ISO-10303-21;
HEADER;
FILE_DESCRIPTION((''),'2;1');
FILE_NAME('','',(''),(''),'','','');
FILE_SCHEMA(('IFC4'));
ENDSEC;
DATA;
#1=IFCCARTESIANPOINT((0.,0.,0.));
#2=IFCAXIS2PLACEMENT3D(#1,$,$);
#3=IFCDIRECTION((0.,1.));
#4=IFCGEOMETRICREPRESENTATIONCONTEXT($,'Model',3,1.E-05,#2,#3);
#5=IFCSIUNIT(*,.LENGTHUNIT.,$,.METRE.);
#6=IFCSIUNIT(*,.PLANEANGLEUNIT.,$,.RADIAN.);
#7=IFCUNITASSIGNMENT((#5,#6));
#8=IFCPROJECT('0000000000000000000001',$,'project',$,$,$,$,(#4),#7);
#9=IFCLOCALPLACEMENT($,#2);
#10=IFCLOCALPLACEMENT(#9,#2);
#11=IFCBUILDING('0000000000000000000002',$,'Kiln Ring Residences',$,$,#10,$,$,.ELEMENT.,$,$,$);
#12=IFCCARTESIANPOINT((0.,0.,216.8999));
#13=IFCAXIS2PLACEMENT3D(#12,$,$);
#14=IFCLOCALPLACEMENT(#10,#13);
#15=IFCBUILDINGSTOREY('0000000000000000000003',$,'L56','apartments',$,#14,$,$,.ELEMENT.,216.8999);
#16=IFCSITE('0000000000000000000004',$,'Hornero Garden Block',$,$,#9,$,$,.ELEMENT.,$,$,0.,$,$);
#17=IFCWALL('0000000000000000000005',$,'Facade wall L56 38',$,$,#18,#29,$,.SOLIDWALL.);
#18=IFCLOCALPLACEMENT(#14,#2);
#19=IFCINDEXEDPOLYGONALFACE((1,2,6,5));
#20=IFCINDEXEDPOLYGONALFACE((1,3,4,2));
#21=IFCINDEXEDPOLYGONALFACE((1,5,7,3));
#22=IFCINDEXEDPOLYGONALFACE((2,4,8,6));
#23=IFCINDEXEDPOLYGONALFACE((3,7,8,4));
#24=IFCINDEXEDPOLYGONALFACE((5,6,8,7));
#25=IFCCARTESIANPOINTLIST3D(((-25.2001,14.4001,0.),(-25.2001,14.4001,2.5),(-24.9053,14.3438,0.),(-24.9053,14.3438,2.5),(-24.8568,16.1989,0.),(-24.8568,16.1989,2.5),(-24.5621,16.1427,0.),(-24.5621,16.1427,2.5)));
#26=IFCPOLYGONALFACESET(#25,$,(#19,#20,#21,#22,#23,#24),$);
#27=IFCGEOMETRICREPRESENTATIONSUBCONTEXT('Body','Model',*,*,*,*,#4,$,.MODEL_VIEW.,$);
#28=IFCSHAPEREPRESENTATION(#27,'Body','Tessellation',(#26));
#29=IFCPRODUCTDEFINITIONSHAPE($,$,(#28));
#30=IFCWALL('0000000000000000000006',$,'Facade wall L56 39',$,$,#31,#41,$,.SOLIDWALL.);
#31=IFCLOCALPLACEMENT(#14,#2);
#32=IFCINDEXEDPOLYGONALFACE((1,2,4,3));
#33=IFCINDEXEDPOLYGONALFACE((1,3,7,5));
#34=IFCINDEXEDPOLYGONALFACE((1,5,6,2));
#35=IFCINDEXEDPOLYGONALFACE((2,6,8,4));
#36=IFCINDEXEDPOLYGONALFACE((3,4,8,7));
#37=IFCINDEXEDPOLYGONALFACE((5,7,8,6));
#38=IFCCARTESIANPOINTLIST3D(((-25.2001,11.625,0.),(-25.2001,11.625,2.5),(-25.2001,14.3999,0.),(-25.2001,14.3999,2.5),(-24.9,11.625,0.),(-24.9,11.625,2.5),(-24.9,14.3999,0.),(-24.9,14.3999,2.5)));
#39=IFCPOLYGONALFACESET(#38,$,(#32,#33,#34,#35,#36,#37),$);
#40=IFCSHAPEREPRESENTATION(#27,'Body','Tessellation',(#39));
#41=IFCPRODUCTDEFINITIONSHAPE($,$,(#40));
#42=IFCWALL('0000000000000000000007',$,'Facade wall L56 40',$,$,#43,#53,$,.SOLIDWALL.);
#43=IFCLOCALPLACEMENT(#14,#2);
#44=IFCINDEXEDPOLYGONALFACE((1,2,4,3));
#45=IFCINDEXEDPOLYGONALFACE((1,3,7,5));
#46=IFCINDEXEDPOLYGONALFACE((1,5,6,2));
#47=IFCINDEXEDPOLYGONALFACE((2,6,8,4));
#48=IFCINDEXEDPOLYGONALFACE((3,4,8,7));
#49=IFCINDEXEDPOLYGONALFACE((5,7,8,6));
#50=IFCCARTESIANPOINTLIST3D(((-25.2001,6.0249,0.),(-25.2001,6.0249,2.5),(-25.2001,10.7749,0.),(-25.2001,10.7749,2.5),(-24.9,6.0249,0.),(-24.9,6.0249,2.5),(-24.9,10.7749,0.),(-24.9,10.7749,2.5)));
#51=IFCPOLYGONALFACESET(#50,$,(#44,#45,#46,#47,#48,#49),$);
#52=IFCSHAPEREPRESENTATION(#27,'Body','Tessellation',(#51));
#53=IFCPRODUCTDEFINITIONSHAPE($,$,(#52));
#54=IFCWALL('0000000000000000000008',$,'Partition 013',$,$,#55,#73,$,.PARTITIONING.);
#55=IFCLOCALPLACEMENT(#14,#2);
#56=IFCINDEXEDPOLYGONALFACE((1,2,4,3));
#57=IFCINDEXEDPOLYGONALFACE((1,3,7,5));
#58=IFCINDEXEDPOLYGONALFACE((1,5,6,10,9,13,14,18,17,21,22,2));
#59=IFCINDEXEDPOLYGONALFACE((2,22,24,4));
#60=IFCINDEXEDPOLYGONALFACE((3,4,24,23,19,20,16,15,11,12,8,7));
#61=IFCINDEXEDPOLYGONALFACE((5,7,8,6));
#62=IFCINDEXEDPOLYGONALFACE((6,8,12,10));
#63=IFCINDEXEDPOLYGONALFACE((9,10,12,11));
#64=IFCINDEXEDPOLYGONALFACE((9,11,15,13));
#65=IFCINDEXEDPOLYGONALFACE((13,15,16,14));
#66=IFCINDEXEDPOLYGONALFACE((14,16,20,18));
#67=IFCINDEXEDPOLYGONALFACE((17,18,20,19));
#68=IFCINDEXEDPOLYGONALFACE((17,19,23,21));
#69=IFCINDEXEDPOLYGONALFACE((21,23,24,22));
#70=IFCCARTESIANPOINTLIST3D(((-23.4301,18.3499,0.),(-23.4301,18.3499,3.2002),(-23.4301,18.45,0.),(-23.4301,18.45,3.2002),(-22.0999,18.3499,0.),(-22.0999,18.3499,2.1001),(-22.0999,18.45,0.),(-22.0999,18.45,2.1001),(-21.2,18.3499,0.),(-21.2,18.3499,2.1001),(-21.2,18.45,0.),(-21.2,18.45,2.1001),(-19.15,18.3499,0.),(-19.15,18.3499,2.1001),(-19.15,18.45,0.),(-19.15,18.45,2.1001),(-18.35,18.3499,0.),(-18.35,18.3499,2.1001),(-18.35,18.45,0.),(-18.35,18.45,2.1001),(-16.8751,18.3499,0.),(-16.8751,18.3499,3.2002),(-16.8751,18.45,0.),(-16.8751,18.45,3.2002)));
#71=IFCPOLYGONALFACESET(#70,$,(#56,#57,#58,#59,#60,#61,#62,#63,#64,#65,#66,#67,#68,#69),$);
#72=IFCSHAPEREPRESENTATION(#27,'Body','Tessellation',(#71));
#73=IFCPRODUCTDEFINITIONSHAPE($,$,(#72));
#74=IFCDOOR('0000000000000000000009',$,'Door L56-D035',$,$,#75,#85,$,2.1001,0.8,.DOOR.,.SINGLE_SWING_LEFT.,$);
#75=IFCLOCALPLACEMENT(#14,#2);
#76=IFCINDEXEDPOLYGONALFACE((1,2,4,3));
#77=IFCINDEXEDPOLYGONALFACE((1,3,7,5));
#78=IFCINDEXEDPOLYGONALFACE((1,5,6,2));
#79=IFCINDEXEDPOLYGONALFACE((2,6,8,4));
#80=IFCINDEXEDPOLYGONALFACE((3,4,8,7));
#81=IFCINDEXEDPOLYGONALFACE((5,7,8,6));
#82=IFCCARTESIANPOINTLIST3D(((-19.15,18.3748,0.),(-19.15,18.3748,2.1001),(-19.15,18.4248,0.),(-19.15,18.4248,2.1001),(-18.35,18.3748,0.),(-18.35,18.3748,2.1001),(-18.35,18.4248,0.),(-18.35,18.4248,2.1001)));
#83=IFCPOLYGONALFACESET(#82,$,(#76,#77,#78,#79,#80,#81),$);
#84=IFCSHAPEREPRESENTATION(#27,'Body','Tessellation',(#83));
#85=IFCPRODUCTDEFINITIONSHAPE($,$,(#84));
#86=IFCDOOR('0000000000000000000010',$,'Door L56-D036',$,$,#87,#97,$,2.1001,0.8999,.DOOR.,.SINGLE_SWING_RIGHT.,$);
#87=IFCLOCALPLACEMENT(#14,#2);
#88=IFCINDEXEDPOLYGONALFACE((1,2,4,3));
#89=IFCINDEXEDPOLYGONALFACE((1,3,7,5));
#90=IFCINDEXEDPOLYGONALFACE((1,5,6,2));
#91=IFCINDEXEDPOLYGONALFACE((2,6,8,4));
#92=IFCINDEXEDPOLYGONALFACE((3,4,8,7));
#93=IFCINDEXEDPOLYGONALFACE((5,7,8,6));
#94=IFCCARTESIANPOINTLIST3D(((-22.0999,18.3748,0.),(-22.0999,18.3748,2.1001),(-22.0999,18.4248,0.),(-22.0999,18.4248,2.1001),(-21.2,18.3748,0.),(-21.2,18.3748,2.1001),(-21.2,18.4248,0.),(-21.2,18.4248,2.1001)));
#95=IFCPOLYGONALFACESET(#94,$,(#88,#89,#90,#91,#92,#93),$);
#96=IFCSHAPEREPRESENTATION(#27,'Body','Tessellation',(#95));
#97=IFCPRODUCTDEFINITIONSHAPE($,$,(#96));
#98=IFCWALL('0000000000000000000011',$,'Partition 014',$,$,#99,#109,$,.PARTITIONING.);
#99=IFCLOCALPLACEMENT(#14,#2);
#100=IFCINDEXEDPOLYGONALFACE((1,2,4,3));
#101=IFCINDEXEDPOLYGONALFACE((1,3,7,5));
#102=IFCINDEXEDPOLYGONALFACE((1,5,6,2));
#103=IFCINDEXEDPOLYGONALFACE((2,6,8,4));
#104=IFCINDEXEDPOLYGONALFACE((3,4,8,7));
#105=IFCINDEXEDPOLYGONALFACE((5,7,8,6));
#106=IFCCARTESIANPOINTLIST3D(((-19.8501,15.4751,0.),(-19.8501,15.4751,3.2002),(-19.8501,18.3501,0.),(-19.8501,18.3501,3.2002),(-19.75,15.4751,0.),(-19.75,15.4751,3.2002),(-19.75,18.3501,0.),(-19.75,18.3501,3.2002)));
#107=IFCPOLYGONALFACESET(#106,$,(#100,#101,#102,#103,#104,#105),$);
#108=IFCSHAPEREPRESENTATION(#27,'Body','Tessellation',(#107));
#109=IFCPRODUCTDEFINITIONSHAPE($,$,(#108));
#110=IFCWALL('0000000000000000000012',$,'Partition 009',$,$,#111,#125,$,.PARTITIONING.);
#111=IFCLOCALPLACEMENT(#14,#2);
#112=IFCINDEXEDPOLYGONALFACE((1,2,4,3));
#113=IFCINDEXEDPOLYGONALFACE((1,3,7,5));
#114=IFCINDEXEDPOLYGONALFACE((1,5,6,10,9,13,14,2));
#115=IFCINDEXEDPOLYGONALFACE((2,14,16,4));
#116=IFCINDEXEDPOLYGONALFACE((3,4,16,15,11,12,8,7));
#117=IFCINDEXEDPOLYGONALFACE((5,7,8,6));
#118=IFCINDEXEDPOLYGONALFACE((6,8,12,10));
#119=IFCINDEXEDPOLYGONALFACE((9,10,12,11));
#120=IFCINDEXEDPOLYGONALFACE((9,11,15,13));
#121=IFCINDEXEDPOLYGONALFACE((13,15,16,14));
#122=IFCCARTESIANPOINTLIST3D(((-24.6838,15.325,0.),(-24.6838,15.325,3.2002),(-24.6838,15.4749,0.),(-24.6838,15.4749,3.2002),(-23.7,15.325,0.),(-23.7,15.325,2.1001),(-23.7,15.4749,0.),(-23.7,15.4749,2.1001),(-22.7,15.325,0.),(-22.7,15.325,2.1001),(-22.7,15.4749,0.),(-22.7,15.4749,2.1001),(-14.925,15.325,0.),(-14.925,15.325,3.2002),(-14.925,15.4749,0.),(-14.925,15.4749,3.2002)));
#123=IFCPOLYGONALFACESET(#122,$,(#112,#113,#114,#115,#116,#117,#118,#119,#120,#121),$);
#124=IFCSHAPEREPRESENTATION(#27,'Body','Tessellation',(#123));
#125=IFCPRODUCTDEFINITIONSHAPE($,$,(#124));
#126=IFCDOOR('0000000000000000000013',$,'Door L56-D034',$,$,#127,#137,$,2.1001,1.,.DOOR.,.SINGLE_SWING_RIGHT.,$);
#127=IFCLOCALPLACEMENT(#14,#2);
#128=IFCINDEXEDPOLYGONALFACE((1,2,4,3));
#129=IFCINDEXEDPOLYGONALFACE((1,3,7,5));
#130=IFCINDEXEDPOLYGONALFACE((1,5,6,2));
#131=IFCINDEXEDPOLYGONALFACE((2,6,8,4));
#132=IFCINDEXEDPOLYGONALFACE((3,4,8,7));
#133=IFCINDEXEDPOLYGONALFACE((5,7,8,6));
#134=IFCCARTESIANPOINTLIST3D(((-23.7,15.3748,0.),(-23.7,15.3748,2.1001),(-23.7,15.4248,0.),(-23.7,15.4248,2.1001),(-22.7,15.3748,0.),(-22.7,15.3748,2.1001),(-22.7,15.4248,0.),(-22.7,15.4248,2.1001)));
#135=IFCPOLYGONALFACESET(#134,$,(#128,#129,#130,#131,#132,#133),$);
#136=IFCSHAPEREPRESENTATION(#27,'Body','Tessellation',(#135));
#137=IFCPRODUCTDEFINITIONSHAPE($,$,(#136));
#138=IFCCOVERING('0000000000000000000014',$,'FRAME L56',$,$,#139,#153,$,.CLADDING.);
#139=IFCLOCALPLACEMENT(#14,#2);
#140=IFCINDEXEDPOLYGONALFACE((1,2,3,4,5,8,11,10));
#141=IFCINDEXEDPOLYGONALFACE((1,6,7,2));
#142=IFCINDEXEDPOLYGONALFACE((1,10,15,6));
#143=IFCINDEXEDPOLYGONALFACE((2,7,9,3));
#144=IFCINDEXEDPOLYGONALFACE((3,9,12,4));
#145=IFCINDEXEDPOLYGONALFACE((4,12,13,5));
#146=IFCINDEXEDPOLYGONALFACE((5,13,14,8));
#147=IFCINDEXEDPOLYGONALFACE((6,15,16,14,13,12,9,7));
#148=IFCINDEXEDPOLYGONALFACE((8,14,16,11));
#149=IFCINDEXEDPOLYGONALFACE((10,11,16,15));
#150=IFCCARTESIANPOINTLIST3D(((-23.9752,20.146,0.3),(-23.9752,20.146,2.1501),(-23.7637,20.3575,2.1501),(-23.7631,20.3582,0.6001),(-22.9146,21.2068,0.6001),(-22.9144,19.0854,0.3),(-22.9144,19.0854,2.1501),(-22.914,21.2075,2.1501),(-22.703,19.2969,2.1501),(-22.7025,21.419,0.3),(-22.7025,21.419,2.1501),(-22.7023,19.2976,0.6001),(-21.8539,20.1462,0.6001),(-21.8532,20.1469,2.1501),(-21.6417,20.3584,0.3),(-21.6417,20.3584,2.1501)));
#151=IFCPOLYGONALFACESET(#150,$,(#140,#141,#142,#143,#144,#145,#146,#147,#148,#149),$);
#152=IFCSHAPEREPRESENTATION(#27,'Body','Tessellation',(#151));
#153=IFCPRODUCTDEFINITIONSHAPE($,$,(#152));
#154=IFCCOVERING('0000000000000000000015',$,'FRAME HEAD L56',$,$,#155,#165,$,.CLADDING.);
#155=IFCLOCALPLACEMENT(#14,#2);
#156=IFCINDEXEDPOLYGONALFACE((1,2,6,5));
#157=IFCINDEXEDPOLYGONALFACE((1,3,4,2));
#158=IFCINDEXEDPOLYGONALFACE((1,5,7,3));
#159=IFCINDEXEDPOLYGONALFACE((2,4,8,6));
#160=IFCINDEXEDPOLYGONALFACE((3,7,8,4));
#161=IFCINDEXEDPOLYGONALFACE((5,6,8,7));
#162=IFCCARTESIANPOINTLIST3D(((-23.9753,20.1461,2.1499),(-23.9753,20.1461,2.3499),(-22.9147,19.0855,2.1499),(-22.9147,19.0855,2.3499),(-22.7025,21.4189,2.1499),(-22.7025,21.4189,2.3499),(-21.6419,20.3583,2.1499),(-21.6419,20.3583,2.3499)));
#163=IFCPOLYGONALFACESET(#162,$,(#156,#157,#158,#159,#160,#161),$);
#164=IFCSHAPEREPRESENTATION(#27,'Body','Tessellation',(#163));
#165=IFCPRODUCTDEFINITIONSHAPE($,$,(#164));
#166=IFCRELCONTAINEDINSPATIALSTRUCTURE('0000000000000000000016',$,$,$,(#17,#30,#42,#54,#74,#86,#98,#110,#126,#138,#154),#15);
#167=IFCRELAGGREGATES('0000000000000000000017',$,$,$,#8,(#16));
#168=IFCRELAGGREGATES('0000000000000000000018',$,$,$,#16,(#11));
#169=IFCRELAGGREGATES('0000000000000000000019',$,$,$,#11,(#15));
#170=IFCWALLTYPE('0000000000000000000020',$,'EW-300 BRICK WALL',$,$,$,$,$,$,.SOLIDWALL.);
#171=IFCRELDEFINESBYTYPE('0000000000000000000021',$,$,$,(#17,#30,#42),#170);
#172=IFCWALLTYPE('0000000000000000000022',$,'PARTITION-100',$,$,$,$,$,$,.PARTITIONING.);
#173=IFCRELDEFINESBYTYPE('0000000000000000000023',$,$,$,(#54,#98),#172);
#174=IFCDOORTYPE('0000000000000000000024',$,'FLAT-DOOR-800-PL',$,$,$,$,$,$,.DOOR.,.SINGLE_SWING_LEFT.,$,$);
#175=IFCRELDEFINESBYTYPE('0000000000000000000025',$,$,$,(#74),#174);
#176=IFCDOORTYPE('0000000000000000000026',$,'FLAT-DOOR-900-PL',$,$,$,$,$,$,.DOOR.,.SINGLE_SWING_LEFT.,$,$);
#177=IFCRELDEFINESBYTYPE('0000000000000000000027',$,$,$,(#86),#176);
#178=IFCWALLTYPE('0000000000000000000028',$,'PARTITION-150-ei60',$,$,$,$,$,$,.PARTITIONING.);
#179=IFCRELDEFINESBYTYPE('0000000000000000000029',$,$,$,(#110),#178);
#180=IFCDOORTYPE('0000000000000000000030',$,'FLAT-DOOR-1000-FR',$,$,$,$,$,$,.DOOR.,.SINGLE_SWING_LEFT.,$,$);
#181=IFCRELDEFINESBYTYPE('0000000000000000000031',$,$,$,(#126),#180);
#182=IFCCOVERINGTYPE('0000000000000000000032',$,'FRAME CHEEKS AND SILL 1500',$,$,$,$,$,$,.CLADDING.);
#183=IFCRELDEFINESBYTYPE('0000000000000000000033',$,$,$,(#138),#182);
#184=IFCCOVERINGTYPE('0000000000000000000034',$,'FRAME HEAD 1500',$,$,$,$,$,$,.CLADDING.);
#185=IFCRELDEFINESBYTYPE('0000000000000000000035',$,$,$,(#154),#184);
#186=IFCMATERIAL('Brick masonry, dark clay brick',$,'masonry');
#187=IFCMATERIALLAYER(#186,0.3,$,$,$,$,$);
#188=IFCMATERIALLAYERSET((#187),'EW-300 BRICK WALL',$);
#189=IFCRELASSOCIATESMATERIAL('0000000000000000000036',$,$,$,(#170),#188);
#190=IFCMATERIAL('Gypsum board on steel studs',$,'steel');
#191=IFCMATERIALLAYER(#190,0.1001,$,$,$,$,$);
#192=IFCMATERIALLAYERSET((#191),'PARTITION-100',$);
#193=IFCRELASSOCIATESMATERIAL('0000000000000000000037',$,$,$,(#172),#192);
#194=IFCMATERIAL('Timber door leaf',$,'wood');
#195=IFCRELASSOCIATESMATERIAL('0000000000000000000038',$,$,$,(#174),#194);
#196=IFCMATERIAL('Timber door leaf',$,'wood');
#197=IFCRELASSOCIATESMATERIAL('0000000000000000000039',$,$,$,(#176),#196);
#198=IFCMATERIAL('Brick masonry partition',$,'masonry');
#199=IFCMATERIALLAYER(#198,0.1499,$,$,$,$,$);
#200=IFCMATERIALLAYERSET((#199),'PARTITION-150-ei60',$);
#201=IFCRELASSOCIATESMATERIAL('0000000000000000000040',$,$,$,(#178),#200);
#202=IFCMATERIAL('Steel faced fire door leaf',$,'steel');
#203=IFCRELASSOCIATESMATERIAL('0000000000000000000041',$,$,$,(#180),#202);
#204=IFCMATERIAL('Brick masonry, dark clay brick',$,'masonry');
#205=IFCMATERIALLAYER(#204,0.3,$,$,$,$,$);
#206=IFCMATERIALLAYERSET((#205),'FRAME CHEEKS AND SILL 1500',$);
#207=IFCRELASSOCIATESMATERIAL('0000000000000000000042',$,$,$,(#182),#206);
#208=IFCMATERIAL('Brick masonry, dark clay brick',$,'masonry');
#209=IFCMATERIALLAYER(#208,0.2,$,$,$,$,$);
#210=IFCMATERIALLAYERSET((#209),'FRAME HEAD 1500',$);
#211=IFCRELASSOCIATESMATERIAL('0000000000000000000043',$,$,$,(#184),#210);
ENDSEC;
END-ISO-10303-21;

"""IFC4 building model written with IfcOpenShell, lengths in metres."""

from ifc_helpers import new_model, si_unit, direction, frame, frame_2d, origin, origin_2d, place, context, subcontext, project, spatial, polyline, rectangle, outline, extrude, material, layer, layer_set, type_object, element, fill, save


model = new_model("IFC4")

# Units and contexts
model_context = context("Model", 3, precision=1e-05, world=origin(), true_north=direction((0.0, 1.0)))
body_context = subcontext(model_context, "Body", "Model", "MODEL_VIEW")
ifc_project = project(units=[si_unit("LENGTHUNIT", "METRE"), si_unit("PLANEANGLEUNIT", "RADIAN")], contexts=[model_context])

# Site, building, storey
site_placement = place(None, origin())
site = spatial("IfcSite", under=ifc_project, at=site_placement, Name="Hornero Garden Block", CompositionType="ELEMENT", RefElevation=0.0)
building_placement = place(site_placement, origin())
building = spatial("IfcBuilding", under=site, at=building_placement, Name="Kiln Ring Residences", CompositionType="ELEMENT")
storey_placement = place(building_placement, frame((0.0, 0.0, 216.8999)))
storey = spatial("IfcBuildingStorey", under=building, at=storey_placement, Name="L56", Description="apartments", CompositionType="ELEMENT", Elevation=216.8999)

# Shared definitions
ifc_material_1 = material(Name="Brick masonry, dark clay brick", Category="masonry")
ifc_layer_1 = layer(ifc_material_1, 0.3)
ifc_layer_set_1 = layer_set([ifc_layer_1], Name="EW-300 BRICK WALL")
wall_type_1 = type_object("IfcWallType", Name="EW-300 BRICK WALL", PredefinedType="SOLIDWALL", material=ifc_layer_set_1)

# Walls
wall_1_placement = place(storey_placement, frame((-24.7095, 16.1707, 0.0), z_axis=(0.0, 0.0, 1.0), x_axis=(-0.187443, -0.982275, 0.0)))
element("IfcWall", 1, at=wall_1_placement, inside=storey, type_object=wall_type_1, Name="Facade wall L56 38", PredefinedType="SOLIDWALL", context=body_context, shape_type="SweptSolid", body=[
    extrude(rectangle(XDim=1.8313, YDim=0.3, at=frame_2d((0.9155, 0.0))), origin(), (0.0, 0.0, 1.0), 2.5),
])
wall_2_placement = place(storey_placement, frame((-25.05, 14.3999, 0.0), z_axis=(0.0, 0.0, 1.0), x_axis=(0.0, -1.0, 0.0)))
element("IfcWall", 2, at=wall_2_placement, inside=storey, type_object=wall_type_1, Name="Facade wall L56 39", PredefinedType="SOLIDWALL", context=body_context, shape_type="SweptSolid", body=[
    extrude(rectangle(XDim=2.7749, YDim=0.3, at=frame_2d((1.3875, 0.0))), origin(), (0.0, 0.0, 1.0), 2.5),
])
wall_3_placement = place(storey_placement, frame((-25.05, 10.7749, 0.0), z_axis=(0.0, 0.0, 1.0), x_axis=(0.0, -1.0, 0.0)))
element("IfcWall", 3, at=wall_3_placement, inside=storey, type_object=wall_type_1, Name="Facade wall L56 40", PredefinedType="SOLIDWALL", context=body_context, shape_type="SweptSolid", body=[
    extrude(rectangle(XDim=4.75, YDim=0.3, at=frame_2d((2.375, 0.0))), origin(), (0.0, 0.0, 1.0), 2.5),
])

# Wall, openings, doors
ifc_material_2 = material(Name="Gypsum board on steel studs", Category="steel")
ifc_layer_2 = layer(ifc_material_2, 0.1001)
ifc_layer_set_2 = layer_set([ifc_layer_2], Name="PARTITION-100")
wall_type_2 = type_object("IfcWallType", Name="PARTITION-100", PredefinedType="PARTITIONING", material=ifc_layer_set_2)
wall_4_placement = place(storey_placement, frame((-23.4299, 18.3999, 0.0), z_axis=(0.0, 0.0, 1.0), x_axis=(1.0, 0.0, 0.0)))
wall_4 = element("IfcWall", 4, at=wall_4_placement, inside=storey, type_object=wall_type_2, Name="Partition 013", PredefinedType="PARTITIONING", context=body_context, shape_type="SweptSolid", body=[
    extrude(rectangle(XDim=6.5549, YDim=0.1001, at=frame_2d((3.2773, 0.0))), origin(), (0.0, 0.0, 1.0), 3.2002),
])
opening_1_placement = place(wall_4_placement, frame((4.28, 0.0, 0.0)))
opening_1 = element("IfcOpeningElement", 5, at=opening_1_placement, cuts=wall_4, PredefinedType="OPENING", context=body_context, shape_type="SweptSolid", body=[
    extrude(rectangle(XDim=0.8, YDim=2.1001, at=frame_2d((0.3999, 1.05))), frame((0.0, 0.0601, 0.0), z_axis=(0.0, -1.0, 0.0), x_axis=(1.0, 0.0, 0.0)), (0.0, 0.0, 1.0), 0.1201),
])
opening_2_placement = place(wall_4_placement, frame((1.3301, 0.0, 0.0)))
opening_2 = element("IfcOpeningElement", 6, at=opening_2_placement, cuts=wall_4, PredefinedType="OPENING", context=body_context, shape_type="SweptSolid", body=[
    extrude(rectangle(XDim=0.8999, YDim=2.1001, at=frame_2d((0.45, 1.05))), frame((0.0, 0.0601, 0.0), z_axis=(0.0, -1.0, 0.0), x_axis=(1.0, 0.0, 0.0)), (0.0, 0.0, 1.0), 0.1201),
])
ifc_material_3 = material(Name="Timber door leaf", Category="wood")
door_type_1 = type_object("IfcDoorType", Name="FLAT-DOOR-800-PL", OperationType="SINGLE_SWING_LEFT", PredefinedType="DOOR", material=ifc_material_3)
door_1_placement = place(opening_1_placement, origin())
door_1 = element("IfcDoor", 7, at=door_1_placement, inside=storey, type_object=door_type_1, Name="Door L56-D035", OperationType="SINGLE_SWING_LEFT", OverallHeight=2.1001, OverallWidth=0.8, PredefinedType="DOOR", context=body_context, shape_type="SweptSolid", body=[
    extrude(rectangle(XDim=0.8, YDim=2.1001, at=frame_2d((0.3999, 1.05))), frame((0.0, 0.0249, 0.0), z_axis=(0.0, -1.0, 0.0), x_axis=(1.0, 0.0, 0.0)), (0.0, 0.0, 1.0), 0.05),
])
fill(opening_1, door_1)
ifc_material_4 = material(Name="Timber door leaf", Category="wood")
door_type_2 = type_object("IfcDoorType", Name="FLAT-DOOR-900-PL", OperationType="SINGLE_SWING_LEFT", PredefinedType="DOOR", material=ifc_material_4)
door_2_placement = place(opening_2_placement, origin())
door_2 = element("IfcDoor", 8, at=door_2_placement, inside=storey, type_object=door_type_2, Name="Door L56-D036", OperationType="SINGLE_SWING_RIGHT", OverallHeight=2.1001, OverallWidth=0.8999, PredefinedType="DOOR", context=body_context, shape_type="SweptSolid", body=[
    extrude(rectangle(XDim=0.8999, YDim=2.1001, at=frame_2d((0.45, 1.05))), frame((0.0, 0.0249, 0.0), z_axis=(0.0, -1.0, 0.0), x_axis=(1.0, 0.0, 0.0)), (0.0, 0.0, 1.0), 0.05),
])
fill(opening_2, door_2)

# Wall
wall_5_placement = place(storey_placement, frame((-19.8, 15.4751, 0.0), z_axis=(0.0, 0.0, 1.0), x_axis=(0.0, 1.0, 0.0)))
element("IfcWall", 9, at=wall_5_placement, inside=storey, type_object=wall_type_2, Name="Partition 014", PredefinedType="PARTITIONING", context=body_context, shape_type="SweptSolid", body=[
    extrude(rectangle(XDim=2.875, YDim=0.1001, at=frame_2d((1.4375, 0.0))), origin(), (0.0, 0.0, 1.0), 3.2002),
])

# Wall, opening, door
ifc_material_5 = material(Name="Brick masonry partition", Category="masonry")
ifc_layer_3 = layer(ifc_material_5, 0.1499)
ifc_layer_set_3 = layer_set([ifc_layer_3], Name="PARTITION-150-ei60")
wall_type_3 = type_object("IfcWallType", Name="PARTITION-150-ei60", PredefinedType="PARTITIONING", material=ifc_layer_set_3)
wall_6_placement = place(storey_placement, frame((-24.6838, 15.3999, 0.0), z_axis=(0.0, 0.0, 1.0), x_axis=(1.0, 0.0, 0.0)))
wall_6 = element("IfcWall", 10, at=wall_6_placement, inside=storey, type_object=wall_type_3, Name="Partition 009", PredefinedType="PARTITIONING", context=body_context, shape_type="SweptSolid", body=[
    extrude(rectangle(XDim=9.7588, YDim=0.1499, at=frame_2d((4.8794, 0.0))), origin(), (0.0, 0.0, 1.0), 3.2002),
])
opening_3_placement = place(wall_6_placement, frame((0.9839, 0.0, 0.0)))
opening_3 = element("IfcOpeningElement", 11, at=opening_3_placement, cuts=wall_6, PredefinedType="OPENING", context=body_context, shape_type="SweptSolid", body=[
    extrude(rectangle(XDim=1.0, YDim=2.1001, at=frame_2d((0.5, 1.05))), frame((0.0, 0.085, 0.0), z_axis=(0.0, -1.0, 0.0), x_axis=(1.0, 0.0, 0.0)), (0.0, 0.0, 1.0), 0.1699),
])
ifc_material_6 = material(Name="Steel faced fire door leaf", Category="steel")
door_type_3 = type_object("IfcDoorType", Name="FLAT-DOOR-1000-FR", OperationType="SINGLE_SWING_LEFT", PredefinedType="DOOR", material=ifc_material_6)
door_3_placement = place(opening_3_placement, origin())
door_3 = element("IfcDoor", 12, at=door_3_placement, inside=storey, type_object=door_type_3, Name="Door L56-D034", OperationType="SINGLE_SWING_RIGHT", OverallHeight=2.1001, OverallWidth=1.0, PredefinedType="DOOR", context=body_context, shape_type="SweptSolid", body=[
    extrude(rectangle(XDim=1.0, YDim=2.1001, at=frame_2d((0.5, 1.05))), frame((0.0, 0.0249, 0.0), z_axis=(0.0, -1.0, 0.0), x_axis=(1.0, 0.0, 0.0)), (0.0, 0.0, 1.0), 0.05),
])
fill(opening_3, door_3)

# Coverings
ifc_material_7 = material(Name="Brick masonry, dark clay brick", Category="masonry")
ifc_layer_4 = layer(ifc_material_7, 0.3)
ifc_layer_set_4 = layer_set([ifc_layer_4], Name="FRAME CHEEKS AND SILL 1500")
covering_type_1 = type_object("IfcCoveringType", Name="FRAME CHEEKS AND SILL 1500", PredefinedType="CLADDING", material=ifc_layer_set_4)
covering_1_placement = place(storey_placement, frame((-22.1721, 20.8887, 0.3), z_axis=(0.0, 0.0, 1.0), x_axis=(-0.707039, -0.707175, 0.0)))
element("IfcCovering", 13, at=covering_1_placement, inside=storey, type_object=covering_type_1, Name="FRAME L56", PredefinedType="CLADDING", context=body_context, shape_type="SweptSolid", body=[
    extrude(outline(polyline([(0.0, 0.0), (1.8, 0.0), (1.8, 1.8501), (1.501, 1.8501), (1.5, 0.3), (0.3, 0.3), (0.2991, 1.8501), (0.0, 1.8501), (0.0, 0.0)])), frame((0.0, 0.75, 0.0), z_axis=(0.0, -1.0, 0.0), x_axis=(1.0, 0.0, 0.0)), (0.0, 0.0, 1.0), 1.5),
])
ifc_material_8 = material(Name="Brick masonry, dark clay brick", Category="masonry")
ifc_layer_5 = layer(ifc_material_8, 0.2)
ifc_layer_set_5 = layer_set([ifc_layer_5], Name="FRAME HEAD 1500")
covering_type_2 = type_object("IfcCoveringType", Name="FRAME HEAD 1500", PredefinedType="CLADDING", material=ifc_layer_set_5)
covering_2_placement = place(storey_placement, frame((-22.8086, 20.2522, 2.1499), z_axis=(0.0, 0.0, 1.0), x_axis=(-0.707107, -0.707107, 0.0)))
element("IfcCovering", 14, at=covering_2_placement, inside=storey, type_object=covering_type_2, Name="FRAME HEAD L56", PredefinedType="CLADDING", context=body_context, shape_type="SweptSolid", body=[
    extrude(rectangle(XDim=1.8, YDim=1.5, at=origin_2d()), origin(), (0.0, 0.0, 1.0), 0.2),
])

save(model, "model.ifc")
